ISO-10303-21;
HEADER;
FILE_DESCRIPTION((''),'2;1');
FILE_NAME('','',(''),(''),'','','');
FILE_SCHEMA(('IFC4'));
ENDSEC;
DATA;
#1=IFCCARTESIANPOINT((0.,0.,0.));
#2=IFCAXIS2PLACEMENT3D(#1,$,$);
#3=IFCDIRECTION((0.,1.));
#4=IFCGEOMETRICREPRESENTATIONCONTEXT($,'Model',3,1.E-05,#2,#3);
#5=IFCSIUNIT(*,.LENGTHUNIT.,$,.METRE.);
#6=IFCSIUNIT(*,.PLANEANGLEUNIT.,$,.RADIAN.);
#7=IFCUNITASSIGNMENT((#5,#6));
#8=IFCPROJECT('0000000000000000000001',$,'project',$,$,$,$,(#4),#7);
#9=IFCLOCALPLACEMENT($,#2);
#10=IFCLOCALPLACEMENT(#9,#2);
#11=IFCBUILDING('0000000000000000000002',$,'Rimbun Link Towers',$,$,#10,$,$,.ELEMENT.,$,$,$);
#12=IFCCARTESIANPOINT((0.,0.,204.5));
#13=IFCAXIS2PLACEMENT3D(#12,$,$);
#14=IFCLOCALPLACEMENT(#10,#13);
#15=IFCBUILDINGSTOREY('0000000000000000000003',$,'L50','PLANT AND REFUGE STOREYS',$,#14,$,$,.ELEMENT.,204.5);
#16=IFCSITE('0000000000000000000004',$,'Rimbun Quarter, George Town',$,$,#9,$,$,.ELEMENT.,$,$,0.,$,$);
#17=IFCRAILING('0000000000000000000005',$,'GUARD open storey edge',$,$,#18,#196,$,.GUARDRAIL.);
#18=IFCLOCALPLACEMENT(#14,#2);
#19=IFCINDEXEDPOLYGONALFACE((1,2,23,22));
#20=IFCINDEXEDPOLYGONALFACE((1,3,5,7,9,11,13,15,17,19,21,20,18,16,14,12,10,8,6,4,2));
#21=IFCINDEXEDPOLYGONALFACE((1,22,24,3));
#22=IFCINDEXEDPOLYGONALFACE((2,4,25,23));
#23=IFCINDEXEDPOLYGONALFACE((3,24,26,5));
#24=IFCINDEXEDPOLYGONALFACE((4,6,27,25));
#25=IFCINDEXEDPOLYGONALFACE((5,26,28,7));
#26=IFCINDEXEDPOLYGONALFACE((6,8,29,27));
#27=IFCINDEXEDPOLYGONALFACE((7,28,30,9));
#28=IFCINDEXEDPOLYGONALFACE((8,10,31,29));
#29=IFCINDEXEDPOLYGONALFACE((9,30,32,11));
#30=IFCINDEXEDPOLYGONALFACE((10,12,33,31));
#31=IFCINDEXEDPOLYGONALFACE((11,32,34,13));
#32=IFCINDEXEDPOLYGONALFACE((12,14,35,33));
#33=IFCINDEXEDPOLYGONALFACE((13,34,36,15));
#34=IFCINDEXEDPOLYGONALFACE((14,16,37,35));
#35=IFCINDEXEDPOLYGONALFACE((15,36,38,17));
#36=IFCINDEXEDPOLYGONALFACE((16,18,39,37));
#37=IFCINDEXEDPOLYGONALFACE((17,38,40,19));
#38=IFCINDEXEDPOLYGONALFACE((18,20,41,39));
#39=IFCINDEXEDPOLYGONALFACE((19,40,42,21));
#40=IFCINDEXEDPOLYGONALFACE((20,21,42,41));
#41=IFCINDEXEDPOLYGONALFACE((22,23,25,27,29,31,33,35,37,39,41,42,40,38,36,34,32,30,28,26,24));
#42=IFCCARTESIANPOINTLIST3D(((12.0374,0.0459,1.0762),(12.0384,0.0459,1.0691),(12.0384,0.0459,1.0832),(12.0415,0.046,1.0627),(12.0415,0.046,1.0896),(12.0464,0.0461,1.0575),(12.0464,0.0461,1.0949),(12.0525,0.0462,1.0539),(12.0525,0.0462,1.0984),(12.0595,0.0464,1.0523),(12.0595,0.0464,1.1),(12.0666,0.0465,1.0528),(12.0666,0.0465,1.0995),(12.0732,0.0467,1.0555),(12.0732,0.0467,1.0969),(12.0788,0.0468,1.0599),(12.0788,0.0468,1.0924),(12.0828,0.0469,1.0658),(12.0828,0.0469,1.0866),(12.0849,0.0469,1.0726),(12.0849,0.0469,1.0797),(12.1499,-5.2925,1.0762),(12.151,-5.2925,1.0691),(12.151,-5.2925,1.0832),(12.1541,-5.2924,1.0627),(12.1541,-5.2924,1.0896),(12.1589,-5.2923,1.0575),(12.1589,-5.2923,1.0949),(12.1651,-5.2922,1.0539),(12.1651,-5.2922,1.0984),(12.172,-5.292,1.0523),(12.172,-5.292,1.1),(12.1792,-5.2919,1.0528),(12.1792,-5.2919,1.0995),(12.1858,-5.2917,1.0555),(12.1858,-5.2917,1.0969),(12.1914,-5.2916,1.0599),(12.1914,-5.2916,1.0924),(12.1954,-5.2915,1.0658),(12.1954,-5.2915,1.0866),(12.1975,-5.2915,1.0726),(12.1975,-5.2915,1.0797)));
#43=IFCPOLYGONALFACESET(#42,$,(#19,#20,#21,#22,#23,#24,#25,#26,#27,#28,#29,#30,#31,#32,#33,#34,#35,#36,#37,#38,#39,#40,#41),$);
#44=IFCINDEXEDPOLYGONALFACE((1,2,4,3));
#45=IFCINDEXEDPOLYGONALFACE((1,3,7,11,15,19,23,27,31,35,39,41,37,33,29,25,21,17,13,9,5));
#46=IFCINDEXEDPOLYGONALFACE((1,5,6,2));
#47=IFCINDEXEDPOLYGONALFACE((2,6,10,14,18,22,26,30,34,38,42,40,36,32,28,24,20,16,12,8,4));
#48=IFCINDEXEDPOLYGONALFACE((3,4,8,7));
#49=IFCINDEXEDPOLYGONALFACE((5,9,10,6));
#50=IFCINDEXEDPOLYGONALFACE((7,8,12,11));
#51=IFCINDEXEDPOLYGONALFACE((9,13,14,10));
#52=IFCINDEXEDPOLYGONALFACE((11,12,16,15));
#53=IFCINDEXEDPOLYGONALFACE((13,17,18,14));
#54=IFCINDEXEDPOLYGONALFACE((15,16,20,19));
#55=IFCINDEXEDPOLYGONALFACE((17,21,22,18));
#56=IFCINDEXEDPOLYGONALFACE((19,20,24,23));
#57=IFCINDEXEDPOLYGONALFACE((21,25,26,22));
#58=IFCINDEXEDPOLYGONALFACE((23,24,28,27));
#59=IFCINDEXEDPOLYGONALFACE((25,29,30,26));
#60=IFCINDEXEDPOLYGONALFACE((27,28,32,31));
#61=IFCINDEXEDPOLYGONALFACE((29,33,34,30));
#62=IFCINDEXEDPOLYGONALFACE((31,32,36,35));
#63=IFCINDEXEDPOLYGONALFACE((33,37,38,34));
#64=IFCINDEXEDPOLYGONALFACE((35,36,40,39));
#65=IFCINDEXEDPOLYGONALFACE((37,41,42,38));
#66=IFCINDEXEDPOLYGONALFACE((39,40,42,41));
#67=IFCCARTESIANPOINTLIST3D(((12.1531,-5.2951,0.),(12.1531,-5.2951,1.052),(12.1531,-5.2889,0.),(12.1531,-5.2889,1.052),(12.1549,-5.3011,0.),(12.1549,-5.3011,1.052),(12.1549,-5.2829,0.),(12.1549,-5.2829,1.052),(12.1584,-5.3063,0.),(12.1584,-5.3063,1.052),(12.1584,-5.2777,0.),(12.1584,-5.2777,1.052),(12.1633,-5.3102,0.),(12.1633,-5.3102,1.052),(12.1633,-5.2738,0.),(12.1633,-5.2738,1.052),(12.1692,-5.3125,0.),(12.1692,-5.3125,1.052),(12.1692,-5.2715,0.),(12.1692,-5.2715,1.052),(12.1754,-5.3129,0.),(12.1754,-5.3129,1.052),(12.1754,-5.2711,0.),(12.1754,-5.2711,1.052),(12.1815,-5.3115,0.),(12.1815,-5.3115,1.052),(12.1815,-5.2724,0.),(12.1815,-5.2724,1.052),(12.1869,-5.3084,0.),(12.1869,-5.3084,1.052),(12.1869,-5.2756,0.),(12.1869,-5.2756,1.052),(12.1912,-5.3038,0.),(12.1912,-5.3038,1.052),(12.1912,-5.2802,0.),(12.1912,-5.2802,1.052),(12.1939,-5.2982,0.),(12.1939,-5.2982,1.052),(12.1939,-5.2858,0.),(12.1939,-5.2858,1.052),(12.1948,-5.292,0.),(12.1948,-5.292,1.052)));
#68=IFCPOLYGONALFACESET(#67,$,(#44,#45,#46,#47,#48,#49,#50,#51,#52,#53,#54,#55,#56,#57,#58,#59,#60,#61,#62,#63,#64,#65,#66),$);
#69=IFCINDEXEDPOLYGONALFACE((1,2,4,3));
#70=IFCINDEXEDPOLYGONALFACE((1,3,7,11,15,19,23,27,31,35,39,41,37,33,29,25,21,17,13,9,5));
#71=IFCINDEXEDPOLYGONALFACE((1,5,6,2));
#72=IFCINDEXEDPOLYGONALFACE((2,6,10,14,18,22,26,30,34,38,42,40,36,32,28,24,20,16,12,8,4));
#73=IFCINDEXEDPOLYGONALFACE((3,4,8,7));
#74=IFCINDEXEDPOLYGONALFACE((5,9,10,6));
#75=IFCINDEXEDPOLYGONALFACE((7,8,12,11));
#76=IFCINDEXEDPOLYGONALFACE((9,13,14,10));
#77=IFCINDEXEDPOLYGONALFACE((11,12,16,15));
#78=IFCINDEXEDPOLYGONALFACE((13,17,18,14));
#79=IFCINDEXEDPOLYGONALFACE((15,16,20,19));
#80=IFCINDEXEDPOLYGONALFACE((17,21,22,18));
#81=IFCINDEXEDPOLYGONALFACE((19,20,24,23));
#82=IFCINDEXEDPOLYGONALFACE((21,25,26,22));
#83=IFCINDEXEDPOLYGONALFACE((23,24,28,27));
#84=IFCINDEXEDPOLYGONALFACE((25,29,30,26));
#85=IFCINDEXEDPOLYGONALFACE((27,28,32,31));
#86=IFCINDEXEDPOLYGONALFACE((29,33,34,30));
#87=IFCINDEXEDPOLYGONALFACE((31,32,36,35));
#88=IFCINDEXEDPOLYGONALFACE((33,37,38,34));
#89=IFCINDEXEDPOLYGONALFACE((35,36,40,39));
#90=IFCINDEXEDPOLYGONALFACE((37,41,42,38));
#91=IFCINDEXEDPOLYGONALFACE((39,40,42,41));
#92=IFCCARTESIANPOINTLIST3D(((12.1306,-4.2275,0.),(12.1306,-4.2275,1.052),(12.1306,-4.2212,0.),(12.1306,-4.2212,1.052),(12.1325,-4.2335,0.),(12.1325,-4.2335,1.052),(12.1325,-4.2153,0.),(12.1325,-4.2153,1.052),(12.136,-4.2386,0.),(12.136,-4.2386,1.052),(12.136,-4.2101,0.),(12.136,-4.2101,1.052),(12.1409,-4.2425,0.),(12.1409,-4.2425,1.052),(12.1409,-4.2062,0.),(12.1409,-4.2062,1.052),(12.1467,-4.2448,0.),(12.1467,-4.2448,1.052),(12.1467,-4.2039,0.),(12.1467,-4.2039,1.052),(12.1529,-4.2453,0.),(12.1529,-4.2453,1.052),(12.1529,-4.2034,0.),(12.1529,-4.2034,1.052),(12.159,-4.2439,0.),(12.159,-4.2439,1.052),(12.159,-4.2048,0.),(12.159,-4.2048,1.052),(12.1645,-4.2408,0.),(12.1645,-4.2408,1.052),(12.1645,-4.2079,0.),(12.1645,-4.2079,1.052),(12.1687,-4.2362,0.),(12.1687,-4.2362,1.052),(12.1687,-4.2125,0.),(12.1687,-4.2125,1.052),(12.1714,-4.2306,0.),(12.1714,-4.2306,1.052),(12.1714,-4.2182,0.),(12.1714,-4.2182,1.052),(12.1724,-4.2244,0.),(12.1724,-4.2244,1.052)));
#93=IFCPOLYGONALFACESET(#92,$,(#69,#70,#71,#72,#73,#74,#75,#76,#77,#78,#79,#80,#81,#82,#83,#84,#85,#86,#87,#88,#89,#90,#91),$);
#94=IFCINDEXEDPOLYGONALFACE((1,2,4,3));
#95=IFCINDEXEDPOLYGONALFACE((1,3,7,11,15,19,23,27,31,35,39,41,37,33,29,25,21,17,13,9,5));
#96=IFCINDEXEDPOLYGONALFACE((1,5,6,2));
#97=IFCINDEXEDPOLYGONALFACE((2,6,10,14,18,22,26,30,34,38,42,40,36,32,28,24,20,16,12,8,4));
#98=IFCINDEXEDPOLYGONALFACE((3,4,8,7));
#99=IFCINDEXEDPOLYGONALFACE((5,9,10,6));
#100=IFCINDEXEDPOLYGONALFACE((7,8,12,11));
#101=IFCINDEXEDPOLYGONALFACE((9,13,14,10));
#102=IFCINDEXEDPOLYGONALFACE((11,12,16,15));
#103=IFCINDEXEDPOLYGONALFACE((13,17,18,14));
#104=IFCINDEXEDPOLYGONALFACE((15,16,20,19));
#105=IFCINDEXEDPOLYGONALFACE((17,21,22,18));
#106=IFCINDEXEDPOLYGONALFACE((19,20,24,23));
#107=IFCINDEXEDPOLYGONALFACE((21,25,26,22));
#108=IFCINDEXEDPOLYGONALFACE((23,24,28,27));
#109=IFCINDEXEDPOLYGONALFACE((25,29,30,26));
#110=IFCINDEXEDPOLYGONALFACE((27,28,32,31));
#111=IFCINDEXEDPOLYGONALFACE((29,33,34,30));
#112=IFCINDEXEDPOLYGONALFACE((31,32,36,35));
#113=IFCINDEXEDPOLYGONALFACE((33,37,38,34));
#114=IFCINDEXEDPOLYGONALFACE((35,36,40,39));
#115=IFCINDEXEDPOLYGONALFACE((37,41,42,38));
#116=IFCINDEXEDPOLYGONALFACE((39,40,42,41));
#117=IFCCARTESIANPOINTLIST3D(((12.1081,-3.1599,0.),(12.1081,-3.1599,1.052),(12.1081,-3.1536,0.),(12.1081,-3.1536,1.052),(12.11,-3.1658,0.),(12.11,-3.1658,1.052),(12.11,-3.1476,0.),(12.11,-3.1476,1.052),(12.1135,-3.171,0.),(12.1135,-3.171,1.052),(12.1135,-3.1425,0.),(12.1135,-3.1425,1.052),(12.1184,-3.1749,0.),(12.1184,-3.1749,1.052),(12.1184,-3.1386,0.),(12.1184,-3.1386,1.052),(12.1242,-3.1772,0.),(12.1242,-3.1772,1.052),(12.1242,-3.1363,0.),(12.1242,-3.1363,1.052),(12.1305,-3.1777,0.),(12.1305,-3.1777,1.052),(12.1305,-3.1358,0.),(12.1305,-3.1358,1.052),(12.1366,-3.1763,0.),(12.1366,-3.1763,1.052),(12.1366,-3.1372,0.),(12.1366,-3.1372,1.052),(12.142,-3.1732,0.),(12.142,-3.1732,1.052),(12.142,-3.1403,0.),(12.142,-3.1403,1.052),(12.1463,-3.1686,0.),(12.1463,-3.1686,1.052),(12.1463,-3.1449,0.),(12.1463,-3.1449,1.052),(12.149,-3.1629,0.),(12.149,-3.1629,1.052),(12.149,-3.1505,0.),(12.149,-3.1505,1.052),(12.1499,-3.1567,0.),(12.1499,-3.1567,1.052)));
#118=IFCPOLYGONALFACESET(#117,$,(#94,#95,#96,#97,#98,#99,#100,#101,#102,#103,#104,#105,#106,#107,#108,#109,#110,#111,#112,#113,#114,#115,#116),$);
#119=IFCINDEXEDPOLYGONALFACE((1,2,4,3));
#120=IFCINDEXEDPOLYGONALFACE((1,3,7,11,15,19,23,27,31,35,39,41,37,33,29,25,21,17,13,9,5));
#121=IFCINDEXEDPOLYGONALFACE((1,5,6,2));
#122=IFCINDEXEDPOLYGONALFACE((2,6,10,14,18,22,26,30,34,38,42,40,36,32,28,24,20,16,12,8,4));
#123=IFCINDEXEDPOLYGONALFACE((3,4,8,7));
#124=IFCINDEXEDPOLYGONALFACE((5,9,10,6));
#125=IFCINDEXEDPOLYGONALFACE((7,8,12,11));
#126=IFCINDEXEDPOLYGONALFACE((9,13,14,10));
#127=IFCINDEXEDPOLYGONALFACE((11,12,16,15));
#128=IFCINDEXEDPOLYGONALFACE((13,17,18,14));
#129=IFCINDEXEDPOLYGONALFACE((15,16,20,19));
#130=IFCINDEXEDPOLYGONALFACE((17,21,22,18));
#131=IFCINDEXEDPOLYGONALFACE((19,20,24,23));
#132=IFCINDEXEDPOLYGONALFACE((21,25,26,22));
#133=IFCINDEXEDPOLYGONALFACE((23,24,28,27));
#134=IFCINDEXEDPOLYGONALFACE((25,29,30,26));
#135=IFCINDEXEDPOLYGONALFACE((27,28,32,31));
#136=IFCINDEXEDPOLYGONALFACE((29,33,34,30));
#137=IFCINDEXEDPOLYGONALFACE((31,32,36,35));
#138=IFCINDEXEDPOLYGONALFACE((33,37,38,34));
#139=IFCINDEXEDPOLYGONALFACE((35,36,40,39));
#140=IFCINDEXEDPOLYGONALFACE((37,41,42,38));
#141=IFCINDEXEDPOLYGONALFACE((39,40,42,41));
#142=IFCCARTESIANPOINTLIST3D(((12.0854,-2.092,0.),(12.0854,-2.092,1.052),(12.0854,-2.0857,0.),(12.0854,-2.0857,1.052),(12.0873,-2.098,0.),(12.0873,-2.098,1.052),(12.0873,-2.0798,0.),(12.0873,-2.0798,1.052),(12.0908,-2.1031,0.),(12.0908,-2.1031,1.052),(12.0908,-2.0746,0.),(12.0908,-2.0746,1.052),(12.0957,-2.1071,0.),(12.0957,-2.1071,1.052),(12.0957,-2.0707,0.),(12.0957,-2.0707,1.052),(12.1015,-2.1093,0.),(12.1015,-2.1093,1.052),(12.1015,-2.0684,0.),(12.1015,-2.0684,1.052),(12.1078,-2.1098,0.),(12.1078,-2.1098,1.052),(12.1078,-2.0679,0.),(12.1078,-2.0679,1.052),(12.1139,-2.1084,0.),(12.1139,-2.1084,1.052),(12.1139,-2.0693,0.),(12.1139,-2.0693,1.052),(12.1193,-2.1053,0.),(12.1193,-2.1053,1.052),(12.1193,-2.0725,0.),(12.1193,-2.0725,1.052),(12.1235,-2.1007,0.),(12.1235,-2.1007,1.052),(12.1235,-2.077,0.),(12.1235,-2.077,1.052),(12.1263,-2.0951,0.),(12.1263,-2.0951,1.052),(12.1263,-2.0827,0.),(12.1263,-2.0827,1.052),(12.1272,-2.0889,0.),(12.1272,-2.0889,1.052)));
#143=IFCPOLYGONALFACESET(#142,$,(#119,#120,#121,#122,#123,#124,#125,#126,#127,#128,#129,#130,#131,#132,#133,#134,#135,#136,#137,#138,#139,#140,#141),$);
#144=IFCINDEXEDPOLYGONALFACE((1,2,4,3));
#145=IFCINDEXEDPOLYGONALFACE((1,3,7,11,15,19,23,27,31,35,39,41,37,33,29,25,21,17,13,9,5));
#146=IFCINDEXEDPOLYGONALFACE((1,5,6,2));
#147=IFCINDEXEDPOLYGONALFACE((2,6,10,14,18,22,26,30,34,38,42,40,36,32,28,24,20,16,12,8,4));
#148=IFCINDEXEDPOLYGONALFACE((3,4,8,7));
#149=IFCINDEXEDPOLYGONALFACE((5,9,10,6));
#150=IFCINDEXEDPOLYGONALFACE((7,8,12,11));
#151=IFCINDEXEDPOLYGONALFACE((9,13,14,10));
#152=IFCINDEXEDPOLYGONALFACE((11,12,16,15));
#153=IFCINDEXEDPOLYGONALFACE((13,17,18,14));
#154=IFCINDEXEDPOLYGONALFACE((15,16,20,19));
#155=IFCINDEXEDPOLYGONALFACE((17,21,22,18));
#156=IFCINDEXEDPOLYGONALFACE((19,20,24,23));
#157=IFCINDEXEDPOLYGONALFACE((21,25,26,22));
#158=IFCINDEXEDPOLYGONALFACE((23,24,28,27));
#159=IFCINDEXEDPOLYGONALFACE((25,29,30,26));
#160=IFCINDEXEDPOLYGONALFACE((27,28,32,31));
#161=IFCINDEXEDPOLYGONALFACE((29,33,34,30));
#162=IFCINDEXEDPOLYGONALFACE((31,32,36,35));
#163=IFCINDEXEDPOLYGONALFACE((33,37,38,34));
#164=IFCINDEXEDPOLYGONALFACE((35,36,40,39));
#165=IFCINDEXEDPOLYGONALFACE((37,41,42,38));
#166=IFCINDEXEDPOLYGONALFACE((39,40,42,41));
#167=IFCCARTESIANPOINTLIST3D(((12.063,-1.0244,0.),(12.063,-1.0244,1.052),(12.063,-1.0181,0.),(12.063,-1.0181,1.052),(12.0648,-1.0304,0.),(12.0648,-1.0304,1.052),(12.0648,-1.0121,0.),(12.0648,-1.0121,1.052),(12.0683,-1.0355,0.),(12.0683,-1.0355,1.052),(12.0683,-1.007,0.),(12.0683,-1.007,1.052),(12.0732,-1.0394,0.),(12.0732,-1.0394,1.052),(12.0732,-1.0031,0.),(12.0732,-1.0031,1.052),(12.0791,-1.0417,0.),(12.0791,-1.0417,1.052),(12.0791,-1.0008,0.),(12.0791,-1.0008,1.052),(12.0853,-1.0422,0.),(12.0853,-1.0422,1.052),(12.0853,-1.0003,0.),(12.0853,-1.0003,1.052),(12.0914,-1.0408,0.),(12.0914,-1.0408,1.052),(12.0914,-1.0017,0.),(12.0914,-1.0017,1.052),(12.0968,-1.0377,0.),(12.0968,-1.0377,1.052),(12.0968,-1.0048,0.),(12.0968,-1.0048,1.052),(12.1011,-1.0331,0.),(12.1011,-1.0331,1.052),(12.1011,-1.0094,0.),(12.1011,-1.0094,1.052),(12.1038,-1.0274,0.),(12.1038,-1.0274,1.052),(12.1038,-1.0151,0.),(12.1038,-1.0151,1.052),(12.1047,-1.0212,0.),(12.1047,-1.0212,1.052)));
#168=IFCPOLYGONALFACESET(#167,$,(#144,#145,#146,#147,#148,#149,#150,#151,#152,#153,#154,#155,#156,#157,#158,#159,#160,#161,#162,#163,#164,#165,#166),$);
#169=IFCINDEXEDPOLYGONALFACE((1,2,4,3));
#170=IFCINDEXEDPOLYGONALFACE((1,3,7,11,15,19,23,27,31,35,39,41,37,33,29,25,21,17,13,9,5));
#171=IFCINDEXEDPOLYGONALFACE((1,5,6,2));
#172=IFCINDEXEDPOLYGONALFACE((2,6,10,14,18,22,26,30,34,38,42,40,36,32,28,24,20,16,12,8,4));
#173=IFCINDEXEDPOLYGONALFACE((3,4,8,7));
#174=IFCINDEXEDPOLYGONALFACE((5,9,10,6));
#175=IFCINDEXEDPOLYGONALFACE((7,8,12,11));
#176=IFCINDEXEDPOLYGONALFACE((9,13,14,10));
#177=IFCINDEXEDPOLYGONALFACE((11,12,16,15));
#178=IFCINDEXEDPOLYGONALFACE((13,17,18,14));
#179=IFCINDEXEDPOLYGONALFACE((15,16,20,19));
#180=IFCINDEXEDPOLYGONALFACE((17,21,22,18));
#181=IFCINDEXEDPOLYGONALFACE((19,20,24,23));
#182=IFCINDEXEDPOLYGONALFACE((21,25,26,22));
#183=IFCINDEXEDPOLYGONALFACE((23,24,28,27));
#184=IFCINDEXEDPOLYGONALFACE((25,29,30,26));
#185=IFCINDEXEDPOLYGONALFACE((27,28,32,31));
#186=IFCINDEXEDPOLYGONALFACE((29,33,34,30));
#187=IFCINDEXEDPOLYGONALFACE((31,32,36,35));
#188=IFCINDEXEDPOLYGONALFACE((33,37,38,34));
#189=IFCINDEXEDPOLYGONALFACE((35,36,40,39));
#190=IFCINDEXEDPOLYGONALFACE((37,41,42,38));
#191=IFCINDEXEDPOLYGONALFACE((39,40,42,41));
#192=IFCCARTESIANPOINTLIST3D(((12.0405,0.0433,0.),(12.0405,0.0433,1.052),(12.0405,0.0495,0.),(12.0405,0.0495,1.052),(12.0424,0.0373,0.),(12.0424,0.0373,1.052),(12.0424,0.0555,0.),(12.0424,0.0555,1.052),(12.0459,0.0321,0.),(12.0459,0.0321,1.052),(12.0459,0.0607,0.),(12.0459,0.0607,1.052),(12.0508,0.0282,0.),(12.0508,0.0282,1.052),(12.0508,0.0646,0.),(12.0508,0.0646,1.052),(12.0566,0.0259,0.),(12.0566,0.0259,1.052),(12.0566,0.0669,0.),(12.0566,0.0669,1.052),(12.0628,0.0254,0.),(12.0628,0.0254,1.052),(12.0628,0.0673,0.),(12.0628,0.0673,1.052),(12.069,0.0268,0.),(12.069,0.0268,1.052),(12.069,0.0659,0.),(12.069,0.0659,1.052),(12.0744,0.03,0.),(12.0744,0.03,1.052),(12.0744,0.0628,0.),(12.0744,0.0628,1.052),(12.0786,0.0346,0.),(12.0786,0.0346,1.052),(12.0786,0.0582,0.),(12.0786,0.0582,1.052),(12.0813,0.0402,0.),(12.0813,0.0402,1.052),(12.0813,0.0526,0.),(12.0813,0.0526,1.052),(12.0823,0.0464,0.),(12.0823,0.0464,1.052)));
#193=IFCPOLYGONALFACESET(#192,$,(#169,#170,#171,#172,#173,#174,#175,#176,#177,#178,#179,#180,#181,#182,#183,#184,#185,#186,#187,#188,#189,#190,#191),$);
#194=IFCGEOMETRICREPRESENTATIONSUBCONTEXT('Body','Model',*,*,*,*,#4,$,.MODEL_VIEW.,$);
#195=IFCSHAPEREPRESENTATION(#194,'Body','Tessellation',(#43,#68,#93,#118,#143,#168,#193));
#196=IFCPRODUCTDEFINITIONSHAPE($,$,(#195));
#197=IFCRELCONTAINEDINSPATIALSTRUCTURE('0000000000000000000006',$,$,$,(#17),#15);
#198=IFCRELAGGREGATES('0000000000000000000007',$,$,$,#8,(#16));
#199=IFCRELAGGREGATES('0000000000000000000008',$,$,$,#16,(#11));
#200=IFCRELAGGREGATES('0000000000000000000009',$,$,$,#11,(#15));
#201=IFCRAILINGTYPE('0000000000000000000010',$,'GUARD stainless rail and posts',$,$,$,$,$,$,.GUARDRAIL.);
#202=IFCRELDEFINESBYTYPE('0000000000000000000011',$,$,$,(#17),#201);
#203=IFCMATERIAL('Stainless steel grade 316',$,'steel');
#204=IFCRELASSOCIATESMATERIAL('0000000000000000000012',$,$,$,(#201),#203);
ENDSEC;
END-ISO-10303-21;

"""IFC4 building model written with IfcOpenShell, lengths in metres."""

from ifc_helpers import new_model, si_unit, direction, frame, origin, origin_2d, place, context, subcontext, project, spatial, circle, extrude, material, type_object, element, save


model = new_model("IFC4")

# Units and contexts
model_context = context("Model", 3, precision=1e-05, world=origin(), true_north=direction((0.0, 1.0)))
body_context = subcontext(model_context, "Body", "Model", "MODEL_VIEW")
ifc_project = project(units=[si_unit("LENGTHUNIT", "METRE"), si_unit("PLANEANGLEUNIT", "RADIAN")], contexts=[model_context])

# Site, building, storey
site_placement = place(None, origin())
site = spatial("IfcSite", under=ifc_project, at=site_placement, Name="Rimbun Quarter, George Town", CompositionType="ELEMENT", RefElevation=0.0)
building_placement = place(site_placement, origin())
building = spatial("IfcBuilding", under=site, at=building_placement, Name="Rimbun Link Towers", CompositionType="ELEMENT")
storey_placement = place(building_placement, frame((0.0, 0.0, 204.5)))
storey = spatial("IfcBuildingStorey", under=building, at=storey_placement, Name="L50", Description="PLANT AND REFUGE STOREYS", CompositionType="ELEMENT", Elevation=204.5)

# Railing
ifc_material_1 = material(Name="Stainless steel grade 316", Category="steel")
railing_type = type_object("IfcRailingType", Name="GUARD stainless rail and posts", PredefinedType="GUARDRAIL", material=ifc_material_1)
railing_1_placement = place(storey_placement, frame((12.1738, -5.292, 0.0)))
element("IfcRailing", 1, at=railing_1_placement, inside=storey, type_object=railing_type, Name="GUARD open storey edge", PredefinedType="GUARDRAIL", context=body_context, shape_type="SweptSolid", body=[
    extrude(circle(Radius=0.0239, at=origin_2d()), frame((0.0, 0.0, 1.0762), z_axis=(-0.021078, 0.999778, 0.0), x_axis=(-0.999778, -0.021078, 0.0)), (0.0, 0.0, 1.0), 5.3396),
    extrude(circle(Radius=0.021, at=origin_2d()), origin(), (0.0, 0.0, 1.0), 1.052),
    extrude(circle(Radius=0.021, at=origin_2d()), frame((-0.0225, 1.0676, 0.0)), (0.0, 0.0, 1.0), 1.052),
    extrude(circle(Radius=0.021, at=origin_2d()), frame((-0.0449, 2.1353, 0.0)), (0.0, 0.0, 1.0), 1.052),
    extrude(circle(Radius=0.021, at=origin_2d()), frame((-0.0676, 3.2031, 0.0)), (0.0, 0.0, 1.0), 1.052),
    extrude(circle(Radius=0.021, at=origin_2d()), frame((-0.0901, 4.2708, 0.0)), (0.0, 0.0, 1.0), 1.052),
    extrude(circle(Radius=0.021, at=origin_2d()), frame((-0.1125, 5.3384, 0.0)), (0.0, 0.0, 1.0), 1.052),
])

save(model, "model.ifc")
